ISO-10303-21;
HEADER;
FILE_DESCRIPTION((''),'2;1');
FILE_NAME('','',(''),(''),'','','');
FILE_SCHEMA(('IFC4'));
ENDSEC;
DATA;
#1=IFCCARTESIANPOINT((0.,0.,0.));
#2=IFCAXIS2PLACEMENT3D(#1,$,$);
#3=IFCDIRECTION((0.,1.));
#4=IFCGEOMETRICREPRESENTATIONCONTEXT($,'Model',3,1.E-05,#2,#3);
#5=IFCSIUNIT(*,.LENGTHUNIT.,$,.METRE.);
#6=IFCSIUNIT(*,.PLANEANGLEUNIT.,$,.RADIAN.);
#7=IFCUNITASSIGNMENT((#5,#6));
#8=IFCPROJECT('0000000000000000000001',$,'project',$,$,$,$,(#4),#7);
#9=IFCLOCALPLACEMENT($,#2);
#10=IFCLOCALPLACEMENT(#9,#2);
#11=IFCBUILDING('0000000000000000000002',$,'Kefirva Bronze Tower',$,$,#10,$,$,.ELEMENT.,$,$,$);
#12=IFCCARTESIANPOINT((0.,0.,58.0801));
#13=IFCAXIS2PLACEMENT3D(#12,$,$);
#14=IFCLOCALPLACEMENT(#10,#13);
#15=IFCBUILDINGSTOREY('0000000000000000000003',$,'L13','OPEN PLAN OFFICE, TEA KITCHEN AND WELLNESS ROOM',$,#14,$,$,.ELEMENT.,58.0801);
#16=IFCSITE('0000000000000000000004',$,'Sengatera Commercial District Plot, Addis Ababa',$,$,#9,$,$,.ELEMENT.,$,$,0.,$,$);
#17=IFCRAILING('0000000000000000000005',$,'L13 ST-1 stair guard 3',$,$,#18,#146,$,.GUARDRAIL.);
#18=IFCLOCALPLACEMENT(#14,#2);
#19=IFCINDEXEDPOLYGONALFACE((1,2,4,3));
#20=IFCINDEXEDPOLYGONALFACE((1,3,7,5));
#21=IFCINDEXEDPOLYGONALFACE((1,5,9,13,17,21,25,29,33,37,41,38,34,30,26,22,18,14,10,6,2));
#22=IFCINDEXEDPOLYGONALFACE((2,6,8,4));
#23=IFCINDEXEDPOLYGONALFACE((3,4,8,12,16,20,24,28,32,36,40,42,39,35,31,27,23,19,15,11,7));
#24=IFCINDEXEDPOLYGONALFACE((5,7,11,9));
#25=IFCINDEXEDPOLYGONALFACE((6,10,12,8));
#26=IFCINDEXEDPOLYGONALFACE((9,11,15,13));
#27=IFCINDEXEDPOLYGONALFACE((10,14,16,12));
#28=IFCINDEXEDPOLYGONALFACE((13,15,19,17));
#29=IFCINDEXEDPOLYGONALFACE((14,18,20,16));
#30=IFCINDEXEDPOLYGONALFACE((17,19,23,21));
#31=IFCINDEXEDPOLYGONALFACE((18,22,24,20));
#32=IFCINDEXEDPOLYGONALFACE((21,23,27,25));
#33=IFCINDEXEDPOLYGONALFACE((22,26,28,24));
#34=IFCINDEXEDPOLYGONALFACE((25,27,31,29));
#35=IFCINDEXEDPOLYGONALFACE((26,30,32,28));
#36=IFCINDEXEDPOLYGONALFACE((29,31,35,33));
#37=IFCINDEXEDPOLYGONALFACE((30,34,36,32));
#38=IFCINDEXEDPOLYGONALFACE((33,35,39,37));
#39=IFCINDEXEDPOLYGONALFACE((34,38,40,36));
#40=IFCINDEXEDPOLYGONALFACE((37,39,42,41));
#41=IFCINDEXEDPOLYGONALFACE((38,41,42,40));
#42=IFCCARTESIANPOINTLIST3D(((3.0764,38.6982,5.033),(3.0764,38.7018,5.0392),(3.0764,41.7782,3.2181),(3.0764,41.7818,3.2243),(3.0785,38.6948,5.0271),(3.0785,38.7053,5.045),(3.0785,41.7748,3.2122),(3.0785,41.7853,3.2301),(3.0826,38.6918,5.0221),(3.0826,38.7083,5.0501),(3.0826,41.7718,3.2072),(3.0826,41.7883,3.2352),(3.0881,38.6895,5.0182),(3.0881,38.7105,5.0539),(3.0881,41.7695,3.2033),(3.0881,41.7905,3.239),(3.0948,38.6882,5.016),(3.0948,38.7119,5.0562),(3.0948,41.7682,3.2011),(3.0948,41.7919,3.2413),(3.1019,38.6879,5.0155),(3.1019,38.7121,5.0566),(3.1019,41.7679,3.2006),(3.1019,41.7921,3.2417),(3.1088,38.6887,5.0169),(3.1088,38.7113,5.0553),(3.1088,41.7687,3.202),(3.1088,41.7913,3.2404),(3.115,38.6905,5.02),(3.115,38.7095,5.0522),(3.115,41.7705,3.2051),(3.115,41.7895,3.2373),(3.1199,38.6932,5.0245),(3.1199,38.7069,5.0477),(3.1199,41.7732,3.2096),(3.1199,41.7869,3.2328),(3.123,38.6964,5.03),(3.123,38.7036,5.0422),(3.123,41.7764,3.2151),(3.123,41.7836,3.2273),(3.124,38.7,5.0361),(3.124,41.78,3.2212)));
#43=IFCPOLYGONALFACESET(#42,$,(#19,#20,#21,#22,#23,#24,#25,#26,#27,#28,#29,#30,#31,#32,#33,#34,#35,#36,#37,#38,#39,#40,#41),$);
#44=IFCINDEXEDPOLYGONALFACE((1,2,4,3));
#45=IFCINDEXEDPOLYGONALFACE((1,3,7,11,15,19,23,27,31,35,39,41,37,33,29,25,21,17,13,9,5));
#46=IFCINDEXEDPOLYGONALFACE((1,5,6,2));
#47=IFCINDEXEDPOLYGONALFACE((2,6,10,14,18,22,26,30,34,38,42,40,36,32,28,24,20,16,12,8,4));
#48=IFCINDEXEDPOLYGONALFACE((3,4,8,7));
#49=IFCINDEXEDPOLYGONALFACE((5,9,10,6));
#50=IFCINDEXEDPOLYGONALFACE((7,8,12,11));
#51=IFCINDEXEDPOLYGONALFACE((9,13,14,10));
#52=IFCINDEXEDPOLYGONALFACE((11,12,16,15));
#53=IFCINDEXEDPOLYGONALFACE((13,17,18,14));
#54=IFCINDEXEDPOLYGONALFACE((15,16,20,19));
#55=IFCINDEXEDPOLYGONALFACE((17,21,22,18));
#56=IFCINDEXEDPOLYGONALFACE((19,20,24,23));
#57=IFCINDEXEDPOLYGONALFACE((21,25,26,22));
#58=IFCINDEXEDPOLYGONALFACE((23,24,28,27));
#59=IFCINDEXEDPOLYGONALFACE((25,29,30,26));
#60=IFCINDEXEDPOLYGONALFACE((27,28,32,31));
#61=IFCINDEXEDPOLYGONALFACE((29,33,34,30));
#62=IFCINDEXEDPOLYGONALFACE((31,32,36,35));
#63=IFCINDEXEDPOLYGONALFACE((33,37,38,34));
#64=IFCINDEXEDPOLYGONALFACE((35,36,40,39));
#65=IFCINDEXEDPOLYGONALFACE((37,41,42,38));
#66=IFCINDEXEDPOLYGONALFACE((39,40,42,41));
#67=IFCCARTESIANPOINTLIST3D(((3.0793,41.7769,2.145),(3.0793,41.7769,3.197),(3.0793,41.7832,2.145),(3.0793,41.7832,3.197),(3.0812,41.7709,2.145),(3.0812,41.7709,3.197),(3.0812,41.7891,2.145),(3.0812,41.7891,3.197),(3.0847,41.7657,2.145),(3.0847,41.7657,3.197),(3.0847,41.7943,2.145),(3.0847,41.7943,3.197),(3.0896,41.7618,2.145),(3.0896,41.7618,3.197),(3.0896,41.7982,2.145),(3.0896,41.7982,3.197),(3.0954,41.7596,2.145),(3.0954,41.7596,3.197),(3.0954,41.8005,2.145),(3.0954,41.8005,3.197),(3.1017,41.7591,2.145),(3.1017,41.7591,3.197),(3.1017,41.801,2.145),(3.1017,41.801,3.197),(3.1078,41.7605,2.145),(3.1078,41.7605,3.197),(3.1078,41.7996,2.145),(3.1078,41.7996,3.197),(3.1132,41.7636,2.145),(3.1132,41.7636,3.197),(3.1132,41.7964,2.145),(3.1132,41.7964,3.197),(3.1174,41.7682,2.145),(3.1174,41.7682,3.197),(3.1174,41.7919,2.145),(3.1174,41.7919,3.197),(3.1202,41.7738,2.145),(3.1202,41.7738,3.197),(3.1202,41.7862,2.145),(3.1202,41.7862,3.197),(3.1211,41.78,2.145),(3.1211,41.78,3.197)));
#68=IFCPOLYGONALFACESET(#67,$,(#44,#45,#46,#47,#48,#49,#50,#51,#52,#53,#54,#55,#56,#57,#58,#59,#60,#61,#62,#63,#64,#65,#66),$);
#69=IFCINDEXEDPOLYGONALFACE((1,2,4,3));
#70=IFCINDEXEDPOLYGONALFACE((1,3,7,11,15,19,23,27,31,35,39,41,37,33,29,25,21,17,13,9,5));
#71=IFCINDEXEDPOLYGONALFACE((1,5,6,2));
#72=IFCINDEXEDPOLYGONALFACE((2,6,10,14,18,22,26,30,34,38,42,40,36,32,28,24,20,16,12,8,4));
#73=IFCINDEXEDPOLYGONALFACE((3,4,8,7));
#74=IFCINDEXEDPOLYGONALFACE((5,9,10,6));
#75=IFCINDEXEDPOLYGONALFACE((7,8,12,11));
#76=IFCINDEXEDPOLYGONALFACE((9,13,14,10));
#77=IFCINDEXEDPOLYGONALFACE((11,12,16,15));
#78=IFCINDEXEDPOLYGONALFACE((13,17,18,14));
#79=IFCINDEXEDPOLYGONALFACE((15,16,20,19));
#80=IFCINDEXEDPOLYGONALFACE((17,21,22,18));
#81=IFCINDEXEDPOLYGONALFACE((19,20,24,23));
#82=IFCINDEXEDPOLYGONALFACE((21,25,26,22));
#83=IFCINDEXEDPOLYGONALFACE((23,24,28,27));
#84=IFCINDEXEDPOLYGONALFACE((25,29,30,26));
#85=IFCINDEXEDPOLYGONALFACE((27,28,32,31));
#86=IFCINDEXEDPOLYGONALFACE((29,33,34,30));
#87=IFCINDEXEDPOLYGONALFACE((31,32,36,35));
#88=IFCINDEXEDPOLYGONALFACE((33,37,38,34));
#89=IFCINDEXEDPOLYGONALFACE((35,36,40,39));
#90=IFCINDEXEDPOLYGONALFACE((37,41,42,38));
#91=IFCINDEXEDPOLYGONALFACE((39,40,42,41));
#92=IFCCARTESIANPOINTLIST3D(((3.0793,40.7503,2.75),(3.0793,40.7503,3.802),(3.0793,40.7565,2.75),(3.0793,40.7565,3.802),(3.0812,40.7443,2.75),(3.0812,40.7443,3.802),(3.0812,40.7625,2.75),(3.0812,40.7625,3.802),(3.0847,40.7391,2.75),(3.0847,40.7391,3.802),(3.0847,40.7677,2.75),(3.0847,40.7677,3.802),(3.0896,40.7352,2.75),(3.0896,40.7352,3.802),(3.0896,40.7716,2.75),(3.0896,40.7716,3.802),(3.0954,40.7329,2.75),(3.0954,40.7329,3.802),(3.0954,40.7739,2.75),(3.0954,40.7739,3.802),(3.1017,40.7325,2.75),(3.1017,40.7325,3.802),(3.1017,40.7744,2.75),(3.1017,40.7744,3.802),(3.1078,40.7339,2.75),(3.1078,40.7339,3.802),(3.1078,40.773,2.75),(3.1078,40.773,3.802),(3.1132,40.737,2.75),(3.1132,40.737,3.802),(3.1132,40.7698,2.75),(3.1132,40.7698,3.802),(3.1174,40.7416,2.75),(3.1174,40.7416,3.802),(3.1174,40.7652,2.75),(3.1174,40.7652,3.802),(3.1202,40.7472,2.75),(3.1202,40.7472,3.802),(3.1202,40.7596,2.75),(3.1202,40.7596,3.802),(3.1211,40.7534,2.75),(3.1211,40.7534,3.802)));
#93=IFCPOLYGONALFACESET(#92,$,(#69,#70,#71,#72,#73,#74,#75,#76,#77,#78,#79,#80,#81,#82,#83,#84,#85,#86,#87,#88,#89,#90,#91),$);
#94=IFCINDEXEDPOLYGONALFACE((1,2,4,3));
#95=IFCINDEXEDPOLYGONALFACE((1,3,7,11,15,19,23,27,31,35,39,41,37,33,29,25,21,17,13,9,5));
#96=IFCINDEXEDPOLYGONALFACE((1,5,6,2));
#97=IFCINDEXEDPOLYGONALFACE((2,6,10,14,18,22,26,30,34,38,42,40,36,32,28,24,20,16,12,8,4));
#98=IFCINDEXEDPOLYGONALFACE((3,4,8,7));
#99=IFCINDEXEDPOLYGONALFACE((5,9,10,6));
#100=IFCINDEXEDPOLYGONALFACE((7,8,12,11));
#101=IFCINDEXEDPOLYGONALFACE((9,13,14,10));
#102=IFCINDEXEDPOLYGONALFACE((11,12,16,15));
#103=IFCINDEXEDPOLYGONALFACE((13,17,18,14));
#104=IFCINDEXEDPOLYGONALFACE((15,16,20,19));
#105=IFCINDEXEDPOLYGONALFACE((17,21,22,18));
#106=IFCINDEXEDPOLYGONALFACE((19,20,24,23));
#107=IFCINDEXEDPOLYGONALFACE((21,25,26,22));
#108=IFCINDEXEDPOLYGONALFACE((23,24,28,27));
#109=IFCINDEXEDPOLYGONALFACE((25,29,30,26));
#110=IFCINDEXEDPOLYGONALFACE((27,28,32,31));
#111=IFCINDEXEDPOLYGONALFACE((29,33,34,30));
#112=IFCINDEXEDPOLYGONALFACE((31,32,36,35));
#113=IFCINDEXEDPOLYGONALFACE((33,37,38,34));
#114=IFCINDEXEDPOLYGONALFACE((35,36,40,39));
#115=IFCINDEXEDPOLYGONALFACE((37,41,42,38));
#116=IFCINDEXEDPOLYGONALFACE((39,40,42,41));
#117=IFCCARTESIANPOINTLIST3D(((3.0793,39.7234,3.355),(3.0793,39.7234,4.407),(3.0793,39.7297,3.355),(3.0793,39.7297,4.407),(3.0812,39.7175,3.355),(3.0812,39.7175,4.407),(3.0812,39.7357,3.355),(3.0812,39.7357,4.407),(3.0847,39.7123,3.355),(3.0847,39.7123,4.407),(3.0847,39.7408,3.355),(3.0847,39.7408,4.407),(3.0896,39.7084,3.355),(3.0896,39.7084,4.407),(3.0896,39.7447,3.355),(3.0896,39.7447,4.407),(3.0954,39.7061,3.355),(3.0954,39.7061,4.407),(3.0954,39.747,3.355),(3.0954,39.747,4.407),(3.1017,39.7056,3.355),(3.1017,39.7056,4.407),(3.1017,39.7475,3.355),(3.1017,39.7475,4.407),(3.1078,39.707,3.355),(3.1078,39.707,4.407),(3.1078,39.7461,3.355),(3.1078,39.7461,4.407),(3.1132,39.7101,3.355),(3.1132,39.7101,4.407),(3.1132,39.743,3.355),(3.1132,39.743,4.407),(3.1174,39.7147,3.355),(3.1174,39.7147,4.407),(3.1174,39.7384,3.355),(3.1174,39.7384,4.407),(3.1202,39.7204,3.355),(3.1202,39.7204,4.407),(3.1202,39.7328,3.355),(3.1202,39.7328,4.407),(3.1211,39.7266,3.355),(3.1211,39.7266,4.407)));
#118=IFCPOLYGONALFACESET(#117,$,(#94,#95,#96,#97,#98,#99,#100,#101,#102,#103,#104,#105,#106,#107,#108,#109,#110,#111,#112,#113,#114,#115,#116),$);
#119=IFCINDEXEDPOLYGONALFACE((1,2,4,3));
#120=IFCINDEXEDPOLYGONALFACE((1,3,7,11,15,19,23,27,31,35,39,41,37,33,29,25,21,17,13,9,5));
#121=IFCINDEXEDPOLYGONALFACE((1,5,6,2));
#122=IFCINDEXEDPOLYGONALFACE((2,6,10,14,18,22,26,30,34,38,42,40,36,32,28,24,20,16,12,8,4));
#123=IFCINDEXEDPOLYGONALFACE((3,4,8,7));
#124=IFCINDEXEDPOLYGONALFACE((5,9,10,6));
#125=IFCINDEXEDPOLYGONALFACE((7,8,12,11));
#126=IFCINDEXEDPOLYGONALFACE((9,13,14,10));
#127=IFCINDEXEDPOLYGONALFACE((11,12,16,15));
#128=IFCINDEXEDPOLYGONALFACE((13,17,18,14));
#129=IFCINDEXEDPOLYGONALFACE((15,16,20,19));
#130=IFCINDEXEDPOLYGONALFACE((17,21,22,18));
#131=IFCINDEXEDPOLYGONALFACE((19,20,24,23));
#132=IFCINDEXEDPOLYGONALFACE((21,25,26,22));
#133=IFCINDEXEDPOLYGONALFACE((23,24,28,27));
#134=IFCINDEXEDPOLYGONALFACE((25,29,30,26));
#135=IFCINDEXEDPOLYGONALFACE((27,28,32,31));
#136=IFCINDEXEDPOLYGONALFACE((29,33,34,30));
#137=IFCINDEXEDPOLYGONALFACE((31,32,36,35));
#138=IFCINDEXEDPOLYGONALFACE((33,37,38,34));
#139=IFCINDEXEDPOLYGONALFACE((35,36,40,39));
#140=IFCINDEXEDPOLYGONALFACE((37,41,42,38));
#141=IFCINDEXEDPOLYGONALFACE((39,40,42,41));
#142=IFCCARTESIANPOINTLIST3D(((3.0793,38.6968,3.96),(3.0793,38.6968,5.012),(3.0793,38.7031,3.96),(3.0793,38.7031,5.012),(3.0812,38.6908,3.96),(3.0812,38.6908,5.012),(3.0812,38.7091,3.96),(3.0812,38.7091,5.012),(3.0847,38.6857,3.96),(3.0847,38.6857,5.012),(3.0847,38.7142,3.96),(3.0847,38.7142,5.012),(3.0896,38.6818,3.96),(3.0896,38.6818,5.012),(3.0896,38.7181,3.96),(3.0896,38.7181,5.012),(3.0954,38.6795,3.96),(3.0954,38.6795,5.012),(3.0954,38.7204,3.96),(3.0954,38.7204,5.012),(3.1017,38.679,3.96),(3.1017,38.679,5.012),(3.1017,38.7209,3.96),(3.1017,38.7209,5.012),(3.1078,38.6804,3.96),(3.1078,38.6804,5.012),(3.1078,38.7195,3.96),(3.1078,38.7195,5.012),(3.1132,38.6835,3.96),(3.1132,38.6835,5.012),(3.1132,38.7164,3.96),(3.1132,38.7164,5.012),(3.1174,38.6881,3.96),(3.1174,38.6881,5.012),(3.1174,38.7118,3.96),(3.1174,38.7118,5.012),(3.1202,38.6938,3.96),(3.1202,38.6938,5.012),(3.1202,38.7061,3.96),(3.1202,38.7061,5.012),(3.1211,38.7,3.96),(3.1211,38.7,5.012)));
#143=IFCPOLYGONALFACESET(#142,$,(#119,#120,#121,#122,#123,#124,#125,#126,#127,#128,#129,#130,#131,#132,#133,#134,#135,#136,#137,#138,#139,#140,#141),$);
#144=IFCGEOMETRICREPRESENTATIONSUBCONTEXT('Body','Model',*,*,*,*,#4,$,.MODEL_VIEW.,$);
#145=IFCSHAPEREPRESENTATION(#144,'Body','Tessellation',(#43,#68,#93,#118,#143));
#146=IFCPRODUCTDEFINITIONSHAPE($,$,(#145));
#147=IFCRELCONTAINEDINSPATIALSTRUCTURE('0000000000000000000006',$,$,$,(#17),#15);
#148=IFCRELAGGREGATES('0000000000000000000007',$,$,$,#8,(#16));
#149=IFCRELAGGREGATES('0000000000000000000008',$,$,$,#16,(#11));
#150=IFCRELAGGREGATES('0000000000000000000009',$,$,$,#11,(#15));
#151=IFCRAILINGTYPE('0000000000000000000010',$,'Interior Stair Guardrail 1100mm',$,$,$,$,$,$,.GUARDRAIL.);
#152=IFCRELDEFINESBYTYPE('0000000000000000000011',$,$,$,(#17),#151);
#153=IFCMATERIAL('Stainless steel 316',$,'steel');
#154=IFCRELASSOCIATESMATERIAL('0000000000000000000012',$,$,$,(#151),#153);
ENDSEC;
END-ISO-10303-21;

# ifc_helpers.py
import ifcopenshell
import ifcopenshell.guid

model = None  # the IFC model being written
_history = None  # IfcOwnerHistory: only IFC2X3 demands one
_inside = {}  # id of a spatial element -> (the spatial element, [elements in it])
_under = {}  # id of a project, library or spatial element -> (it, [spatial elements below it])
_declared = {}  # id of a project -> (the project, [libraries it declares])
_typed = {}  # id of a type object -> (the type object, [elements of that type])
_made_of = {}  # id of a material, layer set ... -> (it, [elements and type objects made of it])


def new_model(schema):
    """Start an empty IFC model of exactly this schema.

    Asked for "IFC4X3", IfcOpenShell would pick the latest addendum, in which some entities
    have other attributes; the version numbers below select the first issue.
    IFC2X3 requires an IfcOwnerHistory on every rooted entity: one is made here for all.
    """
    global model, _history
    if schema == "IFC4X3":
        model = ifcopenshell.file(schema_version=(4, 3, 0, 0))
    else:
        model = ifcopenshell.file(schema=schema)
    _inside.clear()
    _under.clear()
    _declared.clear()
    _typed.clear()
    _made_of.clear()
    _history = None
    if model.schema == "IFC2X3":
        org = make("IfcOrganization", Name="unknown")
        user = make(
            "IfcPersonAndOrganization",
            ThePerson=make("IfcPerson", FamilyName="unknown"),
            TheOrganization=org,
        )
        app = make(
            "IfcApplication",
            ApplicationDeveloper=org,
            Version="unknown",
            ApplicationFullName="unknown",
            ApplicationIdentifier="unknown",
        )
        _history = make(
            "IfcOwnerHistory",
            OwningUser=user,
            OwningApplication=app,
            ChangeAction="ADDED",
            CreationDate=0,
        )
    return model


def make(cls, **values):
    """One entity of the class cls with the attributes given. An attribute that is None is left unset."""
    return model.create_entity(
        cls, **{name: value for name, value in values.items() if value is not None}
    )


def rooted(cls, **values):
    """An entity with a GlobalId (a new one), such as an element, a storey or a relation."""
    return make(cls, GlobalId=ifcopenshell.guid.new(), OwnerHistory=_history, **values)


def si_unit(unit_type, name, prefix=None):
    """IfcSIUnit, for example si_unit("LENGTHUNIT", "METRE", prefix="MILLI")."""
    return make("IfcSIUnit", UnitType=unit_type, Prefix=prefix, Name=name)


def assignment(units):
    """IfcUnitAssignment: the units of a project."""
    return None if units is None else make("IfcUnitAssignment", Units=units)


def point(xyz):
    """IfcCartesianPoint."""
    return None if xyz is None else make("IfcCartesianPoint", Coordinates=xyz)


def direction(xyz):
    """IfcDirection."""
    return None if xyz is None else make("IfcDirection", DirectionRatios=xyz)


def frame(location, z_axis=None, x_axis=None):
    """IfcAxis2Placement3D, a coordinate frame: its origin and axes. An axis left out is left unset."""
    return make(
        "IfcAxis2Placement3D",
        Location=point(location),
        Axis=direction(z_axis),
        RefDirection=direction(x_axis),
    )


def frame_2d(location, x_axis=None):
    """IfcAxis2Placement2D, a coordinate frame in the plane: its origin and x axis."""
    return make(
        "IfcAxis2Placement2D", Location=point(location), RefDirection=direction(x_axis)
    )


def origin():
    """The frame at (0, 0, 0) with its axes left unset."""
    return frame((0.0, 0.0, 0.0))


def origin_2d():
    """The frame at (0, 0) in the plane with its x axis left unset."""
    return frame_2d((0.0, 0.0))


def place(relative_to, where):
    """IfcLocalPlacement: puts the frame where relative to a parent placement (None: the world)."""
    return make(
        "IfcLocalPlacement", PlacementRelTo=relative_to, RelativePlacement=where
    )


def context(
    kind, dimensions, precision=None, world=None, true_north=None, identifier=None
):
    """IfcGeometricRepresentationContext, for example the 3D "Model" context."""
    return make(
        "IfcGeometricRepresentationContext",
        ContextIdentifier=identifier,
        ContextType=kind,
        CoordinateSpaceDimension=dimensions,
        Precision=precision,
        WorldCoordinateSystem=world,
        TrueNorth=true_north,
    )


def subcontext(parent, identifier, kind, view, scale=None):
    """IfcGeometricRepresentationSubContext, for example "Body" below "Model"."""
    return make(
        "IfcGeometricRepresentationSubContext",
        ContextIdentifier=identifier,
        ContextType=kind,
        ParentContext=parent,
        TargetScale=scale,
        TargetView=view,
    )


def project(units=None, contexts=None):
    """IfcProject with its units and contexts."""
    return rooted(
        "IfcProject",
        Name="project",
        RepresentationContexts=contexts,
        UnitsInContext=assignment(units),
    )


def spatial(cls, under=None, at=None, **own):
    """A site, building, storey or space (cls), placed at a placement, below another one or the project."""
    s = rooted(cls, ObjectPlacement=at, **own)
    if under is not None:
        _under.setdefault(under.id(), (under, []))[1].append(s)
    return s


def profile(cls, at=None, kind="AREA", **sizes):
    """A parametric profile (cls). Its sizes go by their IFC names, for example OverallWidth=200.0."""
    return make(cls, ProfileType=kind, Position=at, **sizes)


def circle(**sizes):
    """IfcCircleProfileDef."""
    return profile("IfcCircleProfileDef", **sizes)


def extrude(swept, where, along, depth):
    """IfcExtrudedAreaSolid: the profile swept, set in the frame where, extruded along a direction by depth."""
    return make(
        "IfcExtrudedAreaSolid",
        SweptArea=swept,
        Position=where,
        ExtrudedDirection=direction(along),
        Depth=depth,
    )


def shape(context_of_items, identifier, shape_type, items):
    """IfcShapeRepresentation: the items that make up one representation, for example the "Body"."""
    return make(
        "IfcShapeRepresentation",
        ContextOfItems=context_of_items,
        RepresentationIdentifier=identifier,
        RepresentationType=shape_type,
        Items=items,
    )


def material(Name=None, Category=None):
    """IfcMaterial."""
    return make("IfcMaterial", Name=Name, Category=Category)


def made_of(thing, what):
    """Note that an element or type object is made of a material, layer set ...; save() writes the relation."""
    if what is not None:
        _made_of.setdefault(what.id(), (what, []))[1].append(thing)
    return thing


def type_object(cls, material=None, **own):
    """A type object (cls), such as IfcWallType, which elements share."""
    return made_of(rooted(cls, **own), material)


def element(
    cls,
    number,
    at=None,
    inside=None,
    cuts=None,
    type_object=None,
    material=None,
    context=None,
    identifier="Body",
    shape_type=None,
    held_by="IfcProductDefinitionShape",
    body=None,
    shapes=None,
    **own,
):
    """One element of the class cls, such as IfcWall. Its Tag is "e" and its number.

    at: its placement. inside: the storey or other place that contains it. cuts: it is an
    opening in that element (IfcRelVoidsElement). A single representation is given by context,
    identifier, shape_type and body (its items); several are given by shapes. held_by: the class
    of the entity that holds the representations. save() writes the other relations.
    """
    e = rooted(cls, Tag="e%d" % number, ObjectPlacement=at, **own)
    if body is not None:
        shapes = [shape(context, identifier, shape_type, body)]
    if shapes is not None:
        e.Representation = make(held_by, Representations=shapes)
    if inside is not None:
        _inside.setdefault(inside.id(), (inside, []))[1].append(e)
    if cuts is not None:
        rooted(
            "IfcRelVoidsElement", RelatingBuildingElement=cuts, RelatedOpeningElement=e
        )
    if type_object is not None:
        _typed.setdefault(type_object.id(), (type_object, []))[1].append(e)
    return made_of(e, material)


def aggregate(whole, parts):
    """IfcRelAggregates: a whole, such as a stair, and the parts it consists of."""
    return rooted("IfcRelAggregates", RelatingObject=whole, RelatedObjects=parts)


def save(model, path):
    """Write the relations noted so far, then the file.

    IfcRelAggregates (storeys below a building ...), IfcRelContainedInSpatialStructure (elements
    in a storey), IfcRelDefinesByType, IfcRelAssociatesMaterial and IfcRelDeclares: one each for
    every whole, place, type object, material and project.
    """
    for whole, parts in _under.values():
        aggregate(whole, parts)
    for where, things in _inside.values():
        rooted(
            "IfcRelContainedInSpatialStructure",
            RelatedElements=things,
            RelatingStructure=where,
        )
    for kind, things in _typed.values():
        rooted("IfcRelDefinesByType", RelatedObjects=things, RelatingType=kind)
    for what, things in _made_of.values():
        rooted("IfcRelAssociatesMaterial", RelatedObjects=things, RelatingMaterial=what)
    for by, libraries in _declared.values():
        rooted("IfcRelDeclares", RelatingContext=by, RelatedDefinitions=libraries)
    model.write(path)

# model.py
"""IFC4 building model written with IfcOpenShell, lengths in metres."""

from ifc_helpers import new_model, si_unit, direction, frame, origin, origin_2d, place, context, subcontext, project, spatial, circle, extrude, material, type_object, element, save


model = new_model("IFC4")

# Units and contexts
model_context = context("Model", 3, precision=1e-05, world=origin(), true_north=direction((0.0, 1.0)))
body_context = subcontext(model_context, "Body", "Model", "MODEL_VIEW")
ifc_project = project(units=[si_unit("LENGTHUNIT", "METRE"), si_unit("PLANEANGLEUNIT", "RADIAN")], contexts=[model_context])

# Site, building, storey
site_placement = place(None, origin())
site = spatial("IfcSite", under=ifc_project, at=site_placement, Name="Sengatera Commercial District Plot, Addis Ababa", CompositionType="ELEMENT", RefElevation=0.0)
building_placement = place(site_placement, origin())
building = spatial("IfcBuilding", under=site, at=building_placement, Name="Kefirva Bronze Tower", CompositionType="ELEMENT")
storey_placement = place(building_placement, frame((0.0, 0.0, 58.0801)))
storey = spatial("IfcBuildingStorey", under=building, at=storey_placement, Name="L13", Description="OPEN PLAN OFFICE, TEA KITCHEN AND WELLNESS ROOM", CompositionType="ELEMENT", Elevation=58.0801)

# Shared definitions
ifc_material_1 = material(Name="Stainless steel 316", Category="steel")

# Railing
railing_type_1 = type_object("IfcRailingType", Name="Interior Stair Guardrail 1100mm", PredefinedType="GUARDRAIL", material=ifc_material_1)
railing_1_placement = place(storey_placement, frame((3.1001, 41.78, 2.145)))
element("IfcRailing", 1, at=railing_1_placement, inside=storey, type_object=railing_type_1, Name="L13 ST-1 stair guard 3", PredefinedType="GUARDRAIL", context=body_context, shape_type="SweptSolid", body=[
    extrude(circle(Radius=0.0239, at=origin_2d()), frame((0.0, 0.0, 1.0762), z_axis=(0.0, -0.861551, 0.507671), x_axis=(1.0, 0.0, 0.0)), (0.0, 0.0, 1.0), 3.575),
    extrude(circle(Radius=0.021, at=origin_2d()), origin(), (0.0, 0.0, 1.0), 1.052),
    extrude(circle(Radius=0.021, at=origin_2d()), frame((0.0, -1.0266, 0.605)), (0.0, 0.0, 1.0), 1.052),
    extrude(circle(Radius=0.021, at=origin_2d()), frame((0.0, -2.0535, 1.21)), (0.0, 0.0, 1.0), 1.052),
    extrude(circle(Radius=0.021, at=origin_2d()), frame((0.0, -3.0801, 1.8149)), (0.0, 0.0, 1.0), 1.052),
])

save(model, "model.ifc")
